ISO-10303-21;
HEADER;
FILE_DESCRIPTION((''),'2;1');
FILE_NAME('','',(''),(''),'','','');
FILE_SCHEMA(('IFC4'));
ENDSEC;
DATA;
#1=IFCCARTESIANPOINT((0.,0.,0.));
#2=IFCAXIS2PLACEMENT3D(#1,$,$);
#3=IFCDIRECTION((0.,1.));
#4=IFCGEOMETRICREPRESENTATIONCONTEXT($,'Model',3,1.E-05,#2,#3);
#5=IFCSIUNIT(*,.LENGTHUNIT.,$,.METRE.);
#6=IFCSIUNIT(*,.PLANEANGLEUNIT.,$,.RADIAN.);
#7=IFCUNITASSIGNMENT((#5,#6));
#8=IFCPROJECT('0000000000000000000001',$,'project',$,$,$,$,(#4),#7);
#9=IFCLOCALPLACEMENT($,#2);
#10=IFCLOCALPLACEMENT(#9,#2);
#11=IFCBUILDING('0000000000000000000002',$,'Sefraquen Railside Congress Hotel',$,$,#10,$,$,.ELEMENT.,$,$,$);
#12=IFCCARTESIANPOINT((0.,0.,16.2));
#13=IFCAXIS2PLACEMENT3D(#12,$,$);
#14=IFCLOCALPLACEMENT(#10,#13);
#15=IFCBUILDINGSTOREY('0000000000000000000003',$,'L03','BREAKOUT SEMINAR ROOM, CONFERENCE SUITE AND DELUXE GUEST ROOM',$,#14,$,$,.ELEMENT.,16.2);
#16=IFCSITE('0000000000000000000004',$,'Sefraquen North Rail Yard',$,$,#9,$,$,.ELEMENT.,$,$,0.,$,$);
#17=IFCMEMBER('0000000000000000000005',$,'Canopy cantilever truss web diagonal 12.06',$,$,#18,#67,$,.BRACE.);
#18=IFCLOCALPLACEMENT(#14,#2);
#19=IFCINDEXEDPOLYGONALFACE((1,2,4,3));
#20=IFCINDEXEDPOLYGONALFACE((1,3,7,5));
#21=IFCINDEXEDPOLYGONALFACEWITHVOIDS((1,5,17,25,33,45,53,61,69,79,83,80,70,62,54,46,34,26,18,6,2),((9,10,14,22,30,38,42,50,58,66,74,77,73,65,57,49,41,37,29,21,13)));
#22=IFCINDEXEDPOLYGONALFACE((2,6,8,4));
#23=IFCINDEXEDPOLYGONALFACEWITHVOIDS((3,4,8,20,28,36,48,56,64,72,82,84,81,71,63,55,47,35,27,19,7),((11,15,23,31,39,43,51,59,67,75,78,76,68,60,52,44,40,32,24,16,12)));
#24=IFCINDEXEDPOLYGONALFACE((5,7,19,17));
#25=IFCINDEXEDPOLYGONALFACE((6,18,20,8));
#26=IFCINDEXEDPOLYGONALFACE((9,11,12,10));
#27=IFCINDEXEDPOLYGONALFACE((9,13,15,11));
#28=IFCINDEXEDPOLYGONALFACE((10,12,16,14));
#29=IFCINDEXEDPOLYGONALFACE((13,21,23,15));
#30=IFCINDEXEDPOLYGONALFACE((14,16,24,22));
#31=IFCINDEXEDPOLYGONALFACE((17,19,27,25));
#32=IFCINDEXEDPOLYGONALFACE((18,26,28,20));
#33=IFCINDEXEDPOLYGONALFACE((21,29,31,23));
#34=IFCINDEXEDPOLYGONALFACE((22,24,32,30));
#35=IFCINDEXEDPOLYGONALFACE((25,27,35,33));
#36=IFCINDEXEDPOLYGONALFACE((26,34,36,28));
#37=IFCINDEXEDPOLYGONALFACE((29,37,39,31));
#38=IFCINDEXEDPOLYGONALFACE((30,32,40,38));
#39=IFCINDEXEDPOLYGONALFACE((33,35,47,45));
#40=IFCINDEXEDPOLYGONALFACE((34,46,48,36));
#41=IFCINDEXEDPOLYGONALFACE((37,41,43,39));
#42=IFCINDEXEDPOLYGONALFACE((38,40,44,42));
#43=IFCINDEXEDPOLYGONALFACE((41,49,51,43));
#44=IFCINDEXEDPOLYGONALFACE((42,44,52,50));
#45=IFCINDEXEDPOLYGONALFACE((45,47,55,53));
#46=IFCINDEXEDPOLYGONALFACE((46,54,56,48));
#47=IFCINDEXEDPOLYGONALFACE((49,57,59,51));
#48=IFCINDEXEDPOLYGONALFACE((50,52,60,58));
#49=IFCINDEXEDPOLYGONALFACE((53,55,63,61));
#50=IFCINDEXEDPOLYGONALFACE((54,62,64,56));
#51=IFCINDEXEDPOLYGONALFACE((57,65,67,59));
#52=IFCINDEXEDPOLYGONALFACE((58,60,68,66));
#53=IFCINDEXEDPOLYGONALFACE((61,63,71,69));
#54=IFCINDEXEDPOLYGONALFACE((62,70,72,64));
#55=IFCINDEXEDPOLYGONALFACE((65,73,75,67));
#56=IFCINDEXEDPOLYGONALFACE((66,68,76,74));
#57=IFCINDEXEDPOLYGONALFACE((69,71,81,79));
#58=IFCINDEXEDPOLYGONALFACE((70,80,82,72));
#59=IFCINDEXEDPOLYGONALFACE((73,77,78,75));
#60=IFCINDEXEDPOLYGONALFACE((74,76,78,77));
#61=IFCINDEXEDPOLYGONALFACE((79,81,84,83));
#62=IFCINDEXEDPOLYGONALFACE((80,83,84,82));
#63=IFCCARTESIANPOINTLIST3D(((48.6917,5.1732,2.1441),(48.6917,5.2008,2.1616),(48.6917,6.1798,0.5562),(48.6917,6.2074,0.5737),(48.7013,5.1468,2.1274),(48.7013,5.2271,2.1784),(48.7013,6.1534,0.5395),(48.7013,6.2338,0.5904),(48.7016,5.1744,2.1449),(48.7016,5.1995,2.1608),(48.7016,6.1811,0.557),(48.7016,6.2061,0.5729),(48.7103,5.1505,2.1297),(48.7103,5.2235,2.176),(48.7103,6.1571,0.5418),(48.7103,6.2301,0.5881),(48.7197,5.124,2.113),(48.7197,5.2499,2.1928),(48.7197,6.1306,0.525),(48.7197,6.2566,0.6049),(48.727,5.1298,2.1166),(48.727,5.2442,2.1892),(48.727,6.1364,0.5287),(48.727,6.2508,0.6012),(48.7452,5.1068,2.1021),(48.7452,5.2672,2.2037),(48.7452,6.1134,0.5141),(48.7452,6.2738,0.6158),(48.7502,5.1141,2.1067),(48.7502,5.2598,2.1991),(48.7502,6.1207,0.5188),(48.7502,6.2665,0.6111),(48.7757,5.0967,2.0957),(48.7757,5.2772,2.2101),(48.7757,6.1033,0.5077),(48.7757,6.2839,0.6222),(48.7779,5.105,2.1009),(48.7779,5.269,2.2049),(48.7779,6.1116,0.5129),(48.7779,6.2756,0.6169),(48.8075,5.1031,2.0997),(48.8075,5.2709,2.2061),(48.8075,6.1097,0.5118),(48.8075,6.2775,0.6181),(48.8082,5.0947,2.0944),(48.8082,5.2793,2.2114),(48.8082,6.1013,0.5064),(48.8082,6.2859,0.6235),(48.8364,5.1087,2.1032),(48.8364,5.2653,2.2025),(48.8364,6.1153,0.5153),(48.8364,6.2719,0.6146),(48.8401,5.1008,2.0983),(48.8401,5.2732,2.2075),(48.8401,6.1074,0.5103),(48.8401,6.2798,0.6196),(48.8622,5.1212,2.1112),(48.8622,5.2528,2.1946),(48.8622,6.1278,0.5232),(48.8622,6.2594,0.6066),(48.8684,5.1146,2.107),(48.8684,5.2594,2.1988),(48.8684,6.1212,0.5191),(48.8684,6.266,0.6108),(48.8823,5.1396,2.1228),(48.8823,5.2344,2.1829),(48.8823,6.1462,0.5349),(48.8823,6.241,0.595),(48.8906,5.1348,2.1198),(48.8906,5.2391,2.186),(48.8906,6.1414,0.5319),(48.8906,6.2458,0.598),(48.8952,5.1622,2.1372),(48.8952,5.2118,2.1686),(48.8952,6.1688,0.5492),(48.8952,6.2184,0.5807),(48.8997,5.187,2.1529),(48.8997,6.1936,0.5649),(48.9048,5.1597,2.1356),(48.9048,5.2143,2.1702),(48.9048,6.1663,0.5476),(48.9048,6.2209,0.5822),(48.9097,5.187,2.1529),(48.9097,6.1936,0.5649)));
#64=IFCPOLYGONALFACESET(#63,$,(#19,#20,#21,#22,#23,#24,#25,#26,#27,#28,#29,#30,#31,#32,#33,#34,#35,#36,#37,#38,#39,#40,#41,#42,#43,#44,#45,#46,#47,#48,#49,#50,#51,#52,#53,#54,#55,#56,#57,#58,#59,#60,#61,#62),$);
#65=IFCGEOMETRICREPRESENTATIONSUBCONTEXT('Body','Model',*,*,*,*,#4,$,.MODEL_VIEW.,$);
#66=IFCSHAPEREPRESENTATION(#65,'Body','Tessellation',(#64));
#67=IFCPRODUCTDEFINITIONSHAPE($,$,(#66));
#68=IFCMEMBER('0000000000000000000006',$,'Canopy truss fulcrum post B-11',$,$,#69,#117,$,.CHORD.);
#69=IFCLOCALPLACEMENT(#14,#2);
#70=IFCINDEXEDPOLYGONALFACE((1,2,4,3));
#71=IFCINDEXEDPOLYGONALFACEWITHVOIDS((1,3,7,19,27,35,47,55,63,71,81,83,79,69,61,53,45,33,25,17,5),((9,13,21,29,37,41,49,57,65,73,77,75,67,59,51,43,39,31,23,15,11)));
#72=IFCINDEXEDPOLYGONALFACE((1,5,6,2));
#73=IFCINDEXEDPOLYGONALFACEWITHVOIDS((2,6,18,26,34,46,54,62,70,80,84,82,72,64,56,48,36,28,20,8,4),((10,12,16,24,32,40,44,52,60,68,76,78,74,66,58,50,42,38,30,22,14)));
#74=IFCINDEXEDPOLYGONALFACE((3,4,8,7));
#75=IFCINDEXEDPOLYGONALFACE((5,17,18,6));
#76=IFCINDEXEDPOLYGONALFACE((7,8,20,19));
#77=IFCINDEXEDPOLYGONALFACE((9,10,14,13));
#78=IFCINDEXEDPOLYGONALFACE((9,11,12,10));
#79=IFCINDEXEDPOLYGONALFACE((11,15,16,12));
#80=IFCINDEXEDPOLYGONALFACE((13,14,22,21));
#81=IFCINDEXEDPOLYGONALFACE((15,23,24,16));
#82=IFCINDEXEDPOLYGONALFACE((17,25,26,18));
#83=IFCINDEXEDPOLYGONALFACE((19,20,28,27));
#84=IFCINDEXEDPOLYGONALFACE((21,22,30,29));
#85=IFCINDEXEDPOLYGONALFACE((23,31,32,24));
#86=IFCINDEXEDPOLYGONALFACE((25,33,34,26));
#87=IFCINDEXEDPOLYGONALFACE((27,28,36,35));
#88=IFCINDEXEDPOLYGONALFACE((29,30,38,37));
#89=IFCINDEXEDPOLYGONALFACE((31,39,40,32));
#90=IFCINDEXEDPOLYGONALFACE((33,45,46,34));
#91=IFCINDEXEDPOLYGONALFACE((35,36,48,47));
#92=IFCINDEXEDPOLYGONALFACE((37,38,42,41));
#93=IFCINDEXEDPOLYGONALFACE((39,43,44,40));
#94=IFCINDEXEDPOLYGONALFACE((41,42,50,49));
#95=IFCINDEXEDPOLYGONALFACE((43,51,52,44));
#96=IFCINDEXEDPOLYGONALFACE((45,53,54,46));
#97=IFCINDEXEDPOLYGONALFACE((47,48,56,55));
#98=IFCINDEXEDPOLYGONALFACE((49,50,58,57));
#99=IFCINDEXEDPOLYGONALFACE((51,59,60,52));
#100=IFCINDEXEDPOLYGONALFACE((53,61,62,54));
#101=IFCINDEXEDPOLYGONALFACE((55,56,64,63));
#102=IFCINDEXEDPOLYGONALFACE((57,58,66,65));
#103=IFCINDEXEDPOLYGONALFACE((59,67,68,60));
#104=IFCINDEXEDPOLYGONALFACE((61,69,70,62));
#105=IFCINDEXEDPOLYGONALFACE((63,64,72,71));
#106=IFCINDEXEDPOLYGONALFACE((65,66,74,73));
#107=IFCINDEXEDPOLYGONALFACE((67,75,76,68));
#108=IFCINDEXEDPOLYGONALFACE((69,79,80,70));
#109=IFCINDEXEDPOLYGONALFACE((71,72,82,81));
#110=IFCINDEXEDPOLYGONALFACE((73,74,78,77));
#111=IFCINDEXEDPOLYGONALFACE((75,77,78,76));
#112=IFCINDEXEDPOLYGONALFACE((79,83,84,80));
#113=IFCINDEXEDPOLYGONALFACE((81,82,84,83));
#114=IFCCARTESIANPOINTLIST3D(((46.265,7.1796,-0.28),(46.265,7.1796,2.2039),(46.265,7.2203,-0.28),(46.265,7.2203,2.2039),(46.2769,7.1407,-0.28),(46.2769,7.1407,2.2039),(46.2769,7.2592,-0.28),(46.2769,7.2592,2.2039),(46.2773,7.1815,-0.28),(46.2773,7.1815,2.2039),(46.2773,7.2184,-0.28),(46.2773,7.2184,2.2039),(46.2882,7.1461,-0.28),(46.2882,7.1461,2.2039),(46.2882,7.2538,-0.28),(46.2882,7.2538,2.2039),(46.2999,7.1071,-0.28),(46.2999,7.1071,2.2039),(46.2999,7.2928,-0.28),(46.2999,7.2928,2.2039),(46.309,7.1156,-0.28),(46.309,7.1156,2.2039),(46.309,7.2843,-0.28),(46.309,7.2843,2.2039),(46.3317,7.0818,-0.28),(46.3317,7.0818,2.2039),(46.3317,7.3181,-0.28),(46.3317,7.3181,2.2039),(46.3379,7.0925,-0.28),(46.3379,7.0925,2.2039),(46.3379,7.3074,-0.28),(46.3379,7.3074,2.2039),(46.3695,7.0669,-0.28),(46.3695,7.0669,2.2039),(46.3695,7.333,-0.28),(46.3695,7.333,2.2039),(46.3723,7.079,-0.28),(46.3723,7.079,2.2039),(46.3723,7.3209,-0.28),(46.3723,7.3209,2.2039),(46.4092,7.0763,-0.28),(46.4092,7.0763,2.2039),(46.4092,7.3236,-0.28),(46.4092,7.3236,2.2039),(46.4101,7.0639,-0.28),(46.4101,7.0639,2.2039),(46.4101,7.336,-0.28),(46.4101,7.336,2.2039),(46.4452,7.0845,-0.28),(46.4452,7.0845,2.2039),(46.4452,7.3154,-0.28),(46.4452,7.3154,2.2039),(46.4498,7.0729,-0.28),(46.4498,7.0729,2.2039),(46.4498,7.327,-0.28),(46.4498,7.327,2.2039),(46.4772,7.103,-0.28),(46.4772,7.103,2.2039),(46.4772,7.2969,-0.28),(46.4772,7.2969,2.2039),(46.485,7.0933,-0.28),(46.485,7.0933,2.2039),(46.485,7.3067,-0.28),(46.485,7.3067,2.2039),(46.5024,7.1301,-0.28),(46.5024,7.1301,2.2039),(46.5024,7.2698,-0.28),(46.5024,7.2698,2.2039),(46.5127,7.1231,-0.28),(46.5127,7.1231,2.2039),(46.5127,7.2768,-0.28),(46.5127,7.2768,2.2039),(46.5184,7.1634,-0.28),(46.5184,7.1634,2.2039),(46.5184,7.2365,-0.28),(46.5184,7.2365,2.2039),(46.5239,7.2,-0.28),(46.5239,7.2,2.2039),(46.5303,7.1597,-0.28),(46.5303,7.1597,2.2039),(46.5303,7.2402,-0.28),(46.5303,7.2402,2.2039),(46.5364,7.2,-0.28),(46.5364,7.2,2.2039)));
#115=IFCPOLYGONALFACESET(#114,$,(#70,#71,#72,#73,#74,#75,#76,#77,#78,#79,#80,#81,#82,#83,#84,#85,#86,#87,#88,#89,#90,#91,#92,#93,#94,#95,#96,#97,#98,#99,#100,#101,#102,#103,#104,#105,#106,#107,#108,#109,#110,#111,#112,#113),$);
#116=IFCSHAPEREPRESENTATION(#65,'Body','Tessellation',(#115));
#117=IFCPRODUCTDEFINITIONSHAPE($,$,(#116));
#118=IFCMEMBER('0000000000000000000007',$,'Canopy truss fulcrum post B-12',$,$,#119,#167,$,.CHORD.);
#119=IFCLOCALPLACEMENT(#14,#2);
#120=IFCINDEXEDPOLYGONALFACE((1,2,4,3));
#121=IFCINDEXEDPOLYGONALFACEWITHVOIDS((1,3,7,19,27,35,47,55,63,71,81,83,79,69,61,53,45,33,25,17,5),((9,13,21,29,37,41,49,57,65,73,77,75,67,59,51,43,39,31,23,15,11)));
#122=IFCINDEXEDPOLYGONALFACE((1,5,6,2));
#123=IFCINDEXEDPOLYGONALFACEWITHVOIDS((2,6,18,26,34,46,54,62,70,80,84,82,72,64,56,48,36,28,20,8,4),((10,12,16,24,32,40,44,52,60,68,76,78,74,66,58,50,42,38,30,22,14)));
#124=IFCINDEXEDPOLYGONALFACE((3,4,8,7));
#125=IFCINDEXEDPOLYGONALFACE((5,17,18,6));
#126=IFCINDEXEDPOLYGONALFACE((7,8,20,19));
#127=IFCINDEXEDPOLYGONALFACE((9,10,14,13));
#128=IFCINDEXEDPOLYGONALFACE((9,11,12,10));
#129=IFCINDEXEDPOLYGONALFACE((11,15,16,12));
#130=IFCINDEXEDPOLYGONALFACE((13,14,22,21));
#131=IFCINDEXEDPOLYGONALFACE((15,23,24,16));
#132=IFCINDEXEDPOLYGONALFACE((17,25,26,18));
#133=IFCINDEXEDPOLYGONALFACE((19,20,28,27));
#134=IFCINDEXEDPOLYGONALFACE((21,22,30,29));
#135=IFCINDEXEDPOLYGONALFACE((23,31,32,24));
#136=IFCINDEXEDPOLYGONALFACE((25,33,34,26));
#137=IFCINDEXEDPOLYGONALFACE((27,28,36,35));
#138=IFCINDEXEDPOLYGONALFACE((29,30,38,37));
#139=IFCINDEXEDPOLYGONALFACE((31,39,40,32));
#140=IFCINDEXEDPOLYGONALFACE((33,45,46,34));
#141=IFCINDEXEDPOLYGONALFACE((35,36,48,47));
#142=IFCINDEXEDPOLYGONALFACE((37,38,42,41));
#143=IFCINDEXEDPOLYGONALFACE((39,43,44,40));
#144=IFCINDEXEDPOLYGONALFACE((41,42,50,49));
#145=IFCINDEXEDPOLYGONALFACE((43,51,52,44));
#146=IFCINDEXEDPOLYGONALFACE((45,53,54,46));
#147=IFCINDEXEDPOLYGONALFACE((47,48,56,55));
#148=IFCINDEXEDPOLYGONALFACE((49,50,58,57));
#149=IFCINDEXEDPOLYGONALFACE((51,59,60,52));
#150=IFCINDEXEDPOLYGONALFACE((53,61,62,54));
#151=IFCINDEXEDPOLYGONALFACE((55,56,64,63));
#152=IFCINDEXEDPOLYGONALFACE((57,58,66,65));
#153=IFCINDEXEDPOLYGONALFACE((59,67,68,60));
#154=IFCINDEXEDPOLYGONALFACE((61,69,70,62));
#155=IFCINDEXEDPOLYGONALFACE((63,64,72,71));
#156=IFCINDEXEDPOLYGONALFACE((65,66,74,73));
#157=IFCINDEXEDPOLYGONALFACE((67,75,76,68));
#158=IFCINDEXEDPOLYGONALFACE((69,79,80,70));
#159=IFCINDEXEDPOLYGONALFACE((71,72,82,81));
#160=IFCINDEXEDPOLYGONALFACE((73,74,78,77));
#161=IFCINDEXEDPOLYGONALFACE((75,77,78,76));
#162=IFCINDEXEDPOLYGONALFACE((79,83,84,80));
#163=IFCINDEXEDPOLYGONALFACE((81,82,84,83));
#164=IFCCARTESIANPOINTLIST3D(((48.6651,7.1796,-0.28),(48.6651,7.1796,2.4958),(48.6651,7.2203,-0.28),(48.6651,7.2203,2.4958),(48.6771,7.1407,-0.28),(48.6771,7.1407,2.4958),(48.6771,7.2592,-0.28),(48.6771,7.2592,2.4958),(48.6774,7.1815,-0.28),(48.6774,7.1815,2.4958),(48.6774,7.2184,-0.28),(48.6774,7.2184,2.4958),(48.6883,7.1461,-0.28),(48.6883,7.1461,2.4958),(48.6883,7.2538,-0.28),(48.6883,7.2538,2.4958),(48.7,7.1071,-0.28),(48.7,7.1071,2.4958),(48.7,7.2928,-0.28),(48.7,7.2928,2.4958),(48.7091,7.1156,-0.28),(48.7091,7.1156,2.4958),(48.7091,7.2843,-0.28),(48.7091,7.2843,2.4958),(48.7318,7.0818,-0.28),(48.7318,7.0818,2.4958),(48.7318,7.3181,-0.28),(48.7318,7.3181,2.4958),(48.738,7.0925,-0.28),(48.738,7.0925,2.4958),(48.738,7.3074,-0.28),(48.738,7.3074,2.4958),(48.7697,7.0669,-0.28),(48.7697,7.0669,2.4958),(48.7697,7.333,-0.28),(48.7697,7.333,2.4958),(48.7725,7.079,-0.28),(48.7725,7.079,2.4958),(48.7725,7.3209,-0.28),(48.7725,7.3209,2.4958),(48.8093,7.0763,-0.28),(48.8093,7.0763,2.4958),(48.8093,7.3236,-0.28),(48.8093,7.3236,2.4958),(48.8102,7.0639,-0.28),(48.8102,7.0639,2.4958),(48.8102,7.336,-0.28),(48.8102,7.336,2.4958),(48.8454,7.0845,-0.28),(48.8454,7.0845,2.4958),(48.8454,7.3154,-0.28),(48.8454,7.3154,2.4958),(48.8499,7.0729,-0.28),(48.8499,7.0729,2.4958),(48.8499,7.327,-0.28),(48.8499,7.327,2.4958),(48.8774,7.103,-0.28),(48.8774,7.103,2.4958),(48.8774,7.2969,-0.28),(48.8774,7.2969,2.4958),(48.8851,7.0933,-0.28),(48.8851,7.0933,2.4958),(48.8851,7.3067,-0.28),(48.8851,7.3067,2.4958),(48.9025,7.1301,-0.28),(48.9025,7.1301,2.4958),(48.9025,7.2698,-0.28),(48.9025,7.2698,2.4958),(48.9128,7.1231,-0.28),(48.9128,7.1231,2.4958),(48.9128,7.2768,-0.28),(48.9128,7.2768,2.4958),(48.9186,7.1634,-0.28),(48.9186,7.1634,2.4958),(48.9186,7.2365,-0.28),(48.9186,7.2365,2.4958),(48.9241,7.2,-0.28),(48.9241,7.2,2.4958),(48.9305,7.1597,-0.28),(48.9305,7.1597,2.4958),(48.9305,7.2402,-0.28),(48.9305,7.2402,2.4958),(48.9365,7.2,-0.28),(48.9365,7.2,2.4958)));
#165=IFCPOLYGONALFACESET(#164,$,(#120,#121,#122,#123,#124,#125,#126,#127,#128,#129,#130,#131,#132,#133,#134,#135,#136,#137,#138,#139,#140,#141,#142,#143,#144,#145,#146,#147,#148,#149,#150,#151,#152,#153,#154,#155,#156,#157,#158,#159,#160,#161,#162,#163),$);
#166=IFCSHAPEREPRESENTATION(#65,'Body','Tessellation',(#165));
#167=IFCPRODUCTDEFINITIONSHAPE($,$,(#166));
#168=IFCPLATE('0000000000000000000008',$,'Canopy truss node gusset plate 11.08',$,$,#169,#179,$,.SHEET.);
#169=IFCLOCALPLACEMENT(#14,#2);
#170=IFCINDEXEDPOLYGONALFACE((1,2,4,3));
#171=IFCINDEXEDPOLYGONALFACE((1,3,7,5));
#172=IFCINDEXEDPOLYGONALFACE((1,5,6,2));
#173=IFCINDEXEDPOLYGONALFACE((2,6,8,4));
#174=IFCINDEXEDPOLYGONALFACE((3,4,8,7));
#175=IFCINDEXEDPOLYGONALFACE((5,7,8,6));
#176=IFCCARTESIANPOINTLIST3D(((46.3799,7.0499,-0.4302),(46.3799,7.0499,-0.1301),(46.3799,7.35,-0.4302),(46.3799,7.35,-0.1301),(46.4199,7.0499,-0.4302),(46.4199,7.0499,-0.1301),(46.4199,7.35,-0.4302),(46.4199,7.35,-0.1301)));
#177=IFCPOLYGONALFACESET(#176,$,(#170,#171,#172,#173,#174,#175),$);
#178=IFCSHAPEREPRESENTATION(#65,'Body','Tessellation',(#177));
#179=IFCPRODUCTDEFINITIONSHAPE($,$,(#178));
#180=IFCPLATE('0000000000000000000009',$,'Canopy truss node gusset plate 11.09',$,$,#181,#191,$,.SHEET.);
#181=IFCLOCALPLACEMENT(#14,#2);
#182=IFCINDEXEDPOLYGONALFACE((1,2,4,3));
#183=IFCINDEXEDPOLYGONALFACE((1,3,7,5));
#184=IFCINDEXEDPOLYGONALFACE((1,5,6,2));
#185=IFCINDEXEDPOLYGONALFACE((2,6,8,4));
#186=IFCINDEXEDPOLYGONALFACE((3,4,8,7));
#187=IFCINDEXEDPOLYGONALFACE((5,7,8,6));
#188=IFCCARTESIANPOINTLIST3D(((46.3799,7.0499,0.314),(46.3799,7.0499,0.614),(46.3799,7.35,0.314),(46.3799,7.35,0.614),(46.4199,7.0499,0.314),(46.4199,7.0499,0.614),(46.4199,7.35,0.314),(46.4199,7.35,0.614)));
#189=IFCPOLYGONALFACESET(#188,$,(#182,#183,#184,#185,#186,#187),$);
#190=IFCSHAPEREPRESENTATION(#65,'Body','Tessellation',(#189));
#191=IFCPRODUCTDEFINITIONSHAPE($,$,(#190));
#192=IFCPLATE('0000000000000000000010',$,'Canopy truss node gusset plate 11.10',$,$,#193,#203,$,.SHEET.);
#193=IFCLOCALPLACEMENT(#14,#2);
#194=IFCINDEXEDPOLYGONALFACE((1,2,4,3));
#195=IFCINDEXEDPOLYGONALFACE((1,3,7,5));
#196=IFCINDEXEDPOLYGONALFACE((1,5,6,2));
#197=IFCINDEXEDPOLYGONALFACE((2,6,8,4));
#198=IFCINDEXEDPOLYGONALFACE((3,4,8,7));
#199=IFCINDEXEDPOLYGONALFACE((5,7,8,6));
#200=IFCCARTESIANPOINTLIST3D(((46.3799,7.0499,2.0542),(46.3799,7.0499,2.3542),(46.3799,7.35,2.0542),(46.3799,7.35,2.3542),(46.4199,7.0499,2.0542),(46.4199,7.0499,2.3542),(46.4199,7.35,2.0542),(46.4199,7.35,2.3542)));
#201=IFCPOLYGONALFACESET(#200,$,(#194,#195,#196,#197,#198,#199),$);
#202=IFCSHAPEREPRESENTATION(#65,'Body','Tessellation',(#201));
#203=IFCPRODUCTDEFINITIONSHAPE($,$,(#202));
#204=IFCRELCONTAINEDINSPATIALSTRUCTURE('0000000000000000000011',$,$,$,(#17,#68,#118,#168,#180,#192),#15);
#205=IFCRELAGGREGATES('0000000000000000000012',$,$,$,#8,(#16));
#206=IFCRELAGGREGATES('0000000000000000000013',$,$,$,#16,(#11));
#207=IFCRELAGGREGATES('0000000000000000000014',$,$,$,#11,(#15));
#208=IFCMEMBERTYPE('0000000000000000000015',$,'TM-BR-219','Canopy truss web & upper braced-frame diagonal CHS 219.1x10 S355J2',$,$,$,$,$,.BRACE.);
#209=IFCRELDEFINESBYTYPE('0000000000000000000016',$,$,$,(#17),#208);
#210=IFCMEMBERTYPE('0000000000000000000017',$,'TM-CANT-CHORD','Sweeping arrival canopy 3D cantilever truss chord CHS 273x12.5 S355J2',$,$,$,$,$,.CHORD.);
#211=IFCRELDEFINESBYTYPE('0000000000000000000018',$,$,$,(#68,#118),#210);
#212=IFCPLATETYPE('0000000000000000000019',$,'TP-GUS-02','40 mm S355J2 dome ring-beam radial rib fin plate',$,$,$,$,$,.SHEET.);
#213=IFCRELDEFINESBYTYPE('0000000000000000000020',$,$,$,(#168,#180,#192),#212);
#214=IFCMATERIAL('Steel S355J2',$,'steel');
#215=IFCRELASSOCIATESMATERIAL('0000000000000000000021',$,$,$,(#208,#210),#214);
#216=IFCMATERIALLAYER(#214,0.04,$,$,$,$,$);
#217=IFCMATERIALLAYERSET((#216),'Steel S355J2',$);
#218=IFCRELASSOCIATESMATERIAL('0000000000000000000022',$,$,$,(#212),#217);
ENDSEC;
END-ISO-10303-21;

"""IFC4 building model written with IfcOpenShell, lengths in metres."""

from ifc_helpers import new_model, si_unit, direction, frame, origin, origin_2d, place, context, subcontext, project, spatial, rectangle, hollow_circle, extrude, material, layer, layer_set, material_profile, profile_set, type_object, element, save


model = new_model("IFC4")

# Units and contexts
model_context = context("Model", 3, precision=1e-05, world=origin(), true_north=direction((0.0, 1.0)))
body_context = subcontext(model_context, "Body", "Model", "MODEL_VIEW")
ifc_project = project(units=[si_unit("LENGTHUNIT", "METRE"), si_unit("PLANEANGLEUNIT", "RADIAN")], contexts=[model_context])

# Site, building, storey
site_placement = place(None, origin())
site = spatial("IfcSite", under=ifc_project, at=site_placement, Name="Sefraquen North Rail Yard", CompositionType="ELEMENT", RefElevation=0.0)
building_placement = place(site_placement, origin())
building = spatial("IfcBuilding", under=site, at=building_placement, Name="Sefraquen Railside Congress Hotel", CompositionType="ELEMENT")
storey_placement = place(building_placement, frame((0.0, 0.0, 16.2)))
storey = spatial("IfcBuildingStorey", under=building, at=storey_placement, Name="L03", Description="BREAKOUT SEMINAR ROOM, CONFERENCE SUITE AND DELUXE GUEST ROOM", CompositionType="ELEMENT", Elevation=16.2)

# Members
ifc_material_1 = material(Name="Steel S355J2", Category="steel")
ifc_material_profile_1 = material_profile(ifc_material_1, hollow_circle(Radius=0.1096, WallThickness=0.01, at=origin_2d()), Name="CHS 219.1x10")
ifc_profile_set_1 = profile_set([ifc_material_profile_1], Name="Steel S355J2")
member_type_1 = type_object("IfcMemberType", Name="TM-BR-219", Description="Canopy truss web & upper braced-frame diagonal CHS 219.1x10 S355J2", PredefinedType="BRACE", material=ifc_profile_set_1)
member_1_placement = place(storey_placement, frame((48.8, 6.1936, 0.5649), z_axis=(0.0, -0.535404, 0.844596), x_axis=(1.0, 0.0, 0.0)))
element("IfcMember", 1, at=member_1_placement, inside=storey, type_object=member_type_1, Name="Canopy cantilever truss web diagonal 12.06", PredefinedType="BRACE", context=body_context, shape_type="SweptSolid", body=[
    extrude(hollow_circle(Radius=0.1096, WallThickness=0.01, at=origin_2d()), origin(), (0.0, 0.0, 1.0), 1.8801),
])
ifc_material_profile_2 = material_profile(ifc_material_1, hollow_circle(Radius=0.1365, WallThickness=0.0125, at=origin_2d()), Name="CHS 273x12.5")
ifc_profile_set_2 = profile_set([ifc_material_profile_2], Name="Steel S355J2")
member_type_2 = type_object("IfcMemberType", Name="TM-CANT-CHORD", Description="Sweeping arrival canopy 3D cantilever truss chord CHS 273x12.5 S355J2", PredefinedType="CHORD", material=ifc_profile_set_2)
member_2_placement = place(storey_placement, frame((46.3999, 7.2, -0.28), z_axis=(0.0, 0.0, 1.0), x_axis=(1.0, 0.0, 0.0)))
element("IfcMember", 2, at=member_2_placement, inside=storey, type_object=member_type_2, Name="Canopy truss fulcrum post B-11", PredefinedType="CHORD", context=body_context, shape_type="SweptSolid", body=[
    extrude(hollow_circle(Radius=0.1365, WallThickness=0.0125, at=origin_2d()), origin(), (0.0, 0.0, 1.0), 2.4839),
])
member_3_placement = place(storey_placement, frame((48.8, 7.2, -0.28), z_axis=(0.0, 0.0, 1.0), x_axis=(1.0, 0.0, 0.0)))
element("IfcMember", 3, at=member_3_placement, inside=storey, type_object=member_type_2, Name="Canopy truss fulcrum post B-12", PredefinedType="CHORD", context=body_context, shape_type="SweptSolid", body=[
    extrude(hollow_circle(Radius=0.1365, WallThickness=0.0125, at=origin_2d()), origin(), (0.0, 0.0, 1.0), 2.7759),
])

# Plates
ifc_layer_1 = layer(ifc_material_1, 0.04)
ifc_layer_set_1 = layer_set([ifc_layer_1], Name="Steel S355J2")
plate_type = type_object("IfcPlateType", Name="TP-GUS-02", Description="40 mm S355J2 dome ring-beam radial rib fin plate", PredefinedType="SHEET", material=ifc_layer_set_1)
for number, where, z_axis, x_axis, name in (
    (4, (46.3999, 7.2, -0.4302), (0.0, 0.0, 1.0), (1.0, 0.0, 0.0), "Canopy truss node gusset plate 11.08"),
    (5, (46.3999, 7.2, 0.314), (0.0, 0.0, 1.0), (1.0, 0.0, 0.0), "Canopy truss node gusset plate 11.09"),
    (6, (46.3999, 7.2, 2.0542), (0.0, 0.0, 1.0), (1.0, 0.0, 0.0), "Canopy truss node gusset plate 11.10"),
):
    element("IfcPlate", number, at=place(storey_placement, frame(where, z_axis=z_axis, x_axis=x_axis)), inside=storey, type_object=plate_type, Name=name, PredefinedType="SHEET", context=body_context, shape_type="SweptSolid", body=[
        extrude(rectangle(XDim=0.04, YDim=0.3, at=origin_2d()), origin(), (0.0, 0.0, 1.0), 0.3),
    ])

save(model, "model.ifc")
